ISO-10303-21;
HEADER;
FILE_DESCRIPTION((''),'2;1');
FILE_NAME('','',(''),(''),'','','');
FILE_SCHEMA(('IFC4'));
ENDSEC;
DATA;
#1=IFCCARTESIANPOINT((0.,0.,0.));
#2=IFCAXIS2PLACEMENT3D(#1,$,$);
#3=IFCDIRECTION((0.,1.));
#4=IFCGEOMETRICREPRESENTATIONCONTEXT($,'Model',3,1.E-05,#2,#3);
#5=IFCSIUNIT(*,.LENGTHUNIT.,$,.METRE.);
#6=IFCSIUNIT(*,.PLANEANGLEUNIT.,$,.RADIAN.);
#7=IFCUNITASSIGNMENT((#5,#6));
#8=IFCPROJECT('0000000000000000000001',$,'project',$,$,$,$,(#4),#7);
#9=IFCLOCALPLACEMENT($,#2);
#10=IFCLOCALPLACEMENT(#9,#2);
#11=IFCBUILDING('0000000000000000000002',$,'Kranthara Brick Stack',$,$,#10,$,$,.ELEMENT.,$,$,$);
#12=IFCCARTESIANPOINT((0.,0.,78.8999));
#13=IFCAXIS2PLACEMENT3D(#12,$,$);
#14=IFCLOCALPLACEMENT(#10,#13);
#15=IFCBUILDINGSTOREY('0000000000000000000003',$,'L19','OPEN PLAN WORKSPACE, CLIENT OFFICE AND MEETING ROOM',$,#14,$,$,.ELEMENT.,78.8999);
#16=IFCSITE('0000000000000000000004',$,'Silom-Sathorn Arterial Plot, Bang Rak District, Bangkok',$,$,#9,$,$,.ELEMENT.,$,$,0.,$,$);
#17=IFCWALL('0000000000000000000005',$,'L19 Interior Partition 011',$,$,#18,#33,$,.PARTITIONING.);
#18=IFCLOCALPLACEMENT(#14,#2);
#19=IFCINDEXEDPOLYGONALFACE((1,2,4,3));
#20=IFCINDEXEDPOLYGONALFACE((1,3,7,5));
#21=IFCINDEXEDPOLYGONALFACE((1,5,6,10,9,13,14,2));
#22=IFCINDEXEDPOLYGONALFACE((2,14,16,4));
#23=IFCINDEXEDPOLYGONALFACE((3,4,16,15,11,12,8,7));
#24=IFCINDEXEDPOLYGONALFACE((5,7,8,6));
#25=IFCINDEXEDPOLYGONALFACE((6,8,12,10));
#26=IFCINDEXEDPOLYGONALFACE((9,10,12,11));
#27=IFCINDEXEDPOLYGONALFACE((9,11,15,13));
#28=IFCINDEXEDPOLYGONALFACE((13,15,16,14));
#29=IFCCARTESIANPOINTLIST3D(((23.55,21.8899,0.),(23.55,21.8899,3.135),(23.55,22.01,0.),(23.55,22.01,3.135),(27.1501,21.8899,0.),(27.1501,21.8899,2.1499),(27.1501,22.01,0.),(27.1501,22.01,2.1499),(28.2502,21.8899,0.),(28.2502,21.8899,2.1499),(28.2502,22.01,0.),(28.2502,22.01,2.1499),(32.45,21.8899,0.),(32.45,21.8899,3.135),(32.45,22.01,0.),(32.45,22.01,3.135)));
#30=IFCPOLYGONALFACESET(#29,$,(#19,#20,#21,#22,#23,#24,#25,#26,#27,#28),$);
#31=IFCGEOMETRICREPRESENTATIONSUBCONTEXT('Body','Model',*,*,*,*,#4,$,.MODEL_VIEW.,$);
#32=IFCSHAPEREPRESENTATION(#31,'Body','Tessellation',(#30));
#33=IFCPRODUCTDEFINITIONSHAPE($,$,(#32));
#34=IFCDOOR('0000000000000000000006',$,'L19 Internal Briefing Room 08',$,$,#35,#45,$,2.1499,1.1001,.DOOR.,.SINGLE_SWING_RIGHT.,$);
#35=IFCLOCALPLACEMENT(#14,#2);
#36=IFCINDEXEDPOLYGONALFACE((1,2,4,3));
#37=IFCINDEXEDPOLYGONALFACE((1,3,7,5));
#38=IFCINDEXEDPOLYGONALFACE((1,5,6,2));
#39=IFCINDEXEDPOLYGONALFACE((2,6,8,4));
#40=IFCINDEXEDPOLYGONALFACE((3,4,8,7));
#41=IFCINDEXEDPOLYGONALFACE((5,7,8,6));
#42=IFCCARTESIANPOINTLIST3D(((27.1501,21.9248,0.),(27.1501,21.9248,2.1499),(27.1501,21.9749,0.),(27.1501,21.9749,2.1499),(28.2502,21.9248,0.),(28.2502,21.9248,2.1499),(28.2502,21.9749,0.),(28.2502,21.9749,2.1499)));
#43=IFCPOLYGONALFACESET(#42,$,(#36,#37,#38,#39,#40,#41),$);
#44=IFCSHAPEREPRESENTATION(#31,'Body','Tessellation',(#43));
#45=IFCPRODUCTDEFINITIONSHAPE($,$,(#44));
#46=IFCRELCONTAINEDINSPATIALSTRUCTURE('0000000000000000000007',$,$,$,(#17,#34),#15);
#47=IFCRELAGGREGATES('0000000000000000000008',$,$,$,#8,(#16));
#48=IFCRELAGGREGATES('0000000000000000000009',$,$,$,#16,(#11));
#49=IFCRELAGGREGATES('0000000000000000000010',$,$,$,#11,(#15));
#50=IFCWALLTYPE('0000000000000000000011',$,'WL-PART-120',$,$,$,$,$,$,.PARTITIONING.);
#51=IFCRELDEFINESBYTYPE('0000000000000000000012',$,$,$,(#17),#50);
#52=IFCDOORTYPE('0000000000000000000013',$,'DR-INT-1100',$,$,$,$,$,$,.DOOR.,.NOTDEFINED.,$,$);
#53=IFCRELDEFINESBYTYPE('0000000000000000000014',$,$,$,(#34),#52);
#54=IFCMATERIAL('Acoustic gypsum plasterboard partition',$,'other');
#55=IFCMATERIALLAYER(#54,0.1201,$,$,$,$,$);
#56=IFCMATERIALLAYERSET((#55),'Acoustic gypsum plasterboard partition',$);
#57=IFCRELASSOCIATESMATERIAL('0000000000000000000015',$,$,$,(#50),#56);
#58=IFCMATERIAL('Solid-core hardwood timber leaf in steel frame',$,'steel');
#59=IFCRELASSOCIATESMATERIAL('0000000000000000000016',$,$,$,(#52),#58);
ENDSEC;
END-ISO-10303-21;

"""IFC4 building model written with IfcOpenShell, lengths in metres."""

from ifc_helpers import new_model, si_unit, direction, frame, frame_2d, origin, place, context, subcontext, project, spatial, rectangle, extrude, material, layer, layer_set, type_object, element, fill, save


model = new_model("IFC4")

# Units and contexts
model_context = context("Model", 3, precision=1e-05, world=origin(), true_north=direction((0.0, 1.0)))
body_context = subcontext(model_context, "Body", "Model", "MODEL_VIEW")
ifc_project = project(units=[si_unit("LENGTHUNIT", "METRE"), si_unit("PLANEANGLEUNIT", "RADIAN")], contexts=[model_context])

# Site, building, storey
site_placement = place(None, origin())
site = spatial("IfcSite", under=ifc_project, at=site_placement, Name="Silom-Sathorn Arterial Plot, Bang Rak District, Bangkok", CompositionType="ELEMENT", RefElevation=0.0)
building_placement = place(site_placement, origin())
building = spatial("IfcBuilding", under=site, at=building_placement, Name="Kranthara Brick Stack", CompositionType="ELEMENT")
storey_placement = place(building_placement, frame((0.0, 0.0, 78.8999)))
storey = spatial("IfcBuildingStorey", under=building, at=storey_placement, Name="L19", Description="OPEN PLAN WORKSPACE, CLIENT OFFICE AND MEETING ROOM", CompositionType="ELEMENT", Elevation=78.8999)

# Wall, opening, door
ifc_material_1 = material(Name="Acoustic gypsum plasterboard partition", Category="other")
ifc_layer_1 = layer(ifc_material_1, 0.1201)
ifc_layer_set_1 = layer_set([ifc_layer_1], Name="Acoustic gypsum plasterboard partition")
wall_type_1 = type_object("IfcWallType", Name="WL-PART-120", PredefinedType="PARTITIONING", material=ifc_layer_set_1)
wall_1_placement = place(storey_placement, frame((23.55, 21.95, 0.0), z_axis=(0.0, 0.0, 1.0), x_axis=(1.0, 0.0, 0.0)))
wall_1 = element("IfcWall", 1, at=wall_1_placement, inside=storey, type_object=wall_type_1, Name="L19 Interior Partition 011", PredefinedType="PARTITIONING", context=body_context, shape_type="SweptSolid", body=[
    extrude(rectangle(XDim=8.8999, YDim=0.1201, at=frame_2d((4.45, 0.0))), origin(), (0.0, 0.0, 1.0), 3.135),
])
opening_1_placement = place(wall_1_placement, frame((3.6001, 0.0, 0.0)))
opening_1 = element("IfcOpeningElement", 2, at=opening_1_placement, cuts=wall_1, PredefinedType="OPENING", context=body_context, shape_type="SweptSolid", body=[
    extrude(rectangle(XDim=1.1001, YDim=2.1499, at=frame_2d((0.55, 1.075))), frame((0.0, 0.0701, 0.0), z_axis=(0.0, -1.0, 0.0), x_axis=(1.0, 0.0, 0.0)), (0.0, 0.0, 1.0), 0.1401),
])
ifc_material_2 = material(Name="Solid-core hardwood timber leaf in steel frame", Category="steel")
door_type_1 = type_object("IfcDoorType", Name="DR-INT-1100", OperationType="NOTDEFINED", PredefinedType="DOOR", material=ifc_material_2)
door_1_placement = place(opening_1_placement, origin())
door_1 = element("IfcDoor", 3, at=door_1_placement, inside=storey, type_object=door_type_1, Name="L19 Internal Briefing Room 08", OperationType="SINGLE_SWING_RIGHT", OverallHeight=2.1499, OverallWidth=1.1001, PredefinedType="DOOR", context=body_context, shape_type="SweptSolid", body=[
    extrude(rectangle(XDim=1.1001, YDim=2.1499, at=frame_2d((0.55, 1.075))), frame((0.0, 0.0249, 0.0), z_axis=(0.0, -1.0, 0.0), x_axis=(1.0, 0.0, 0.0)), (0.0, 0.0, 1.0), 0.05),
])
fill(opening_1, door_1)

save(model, "model.ifc")
